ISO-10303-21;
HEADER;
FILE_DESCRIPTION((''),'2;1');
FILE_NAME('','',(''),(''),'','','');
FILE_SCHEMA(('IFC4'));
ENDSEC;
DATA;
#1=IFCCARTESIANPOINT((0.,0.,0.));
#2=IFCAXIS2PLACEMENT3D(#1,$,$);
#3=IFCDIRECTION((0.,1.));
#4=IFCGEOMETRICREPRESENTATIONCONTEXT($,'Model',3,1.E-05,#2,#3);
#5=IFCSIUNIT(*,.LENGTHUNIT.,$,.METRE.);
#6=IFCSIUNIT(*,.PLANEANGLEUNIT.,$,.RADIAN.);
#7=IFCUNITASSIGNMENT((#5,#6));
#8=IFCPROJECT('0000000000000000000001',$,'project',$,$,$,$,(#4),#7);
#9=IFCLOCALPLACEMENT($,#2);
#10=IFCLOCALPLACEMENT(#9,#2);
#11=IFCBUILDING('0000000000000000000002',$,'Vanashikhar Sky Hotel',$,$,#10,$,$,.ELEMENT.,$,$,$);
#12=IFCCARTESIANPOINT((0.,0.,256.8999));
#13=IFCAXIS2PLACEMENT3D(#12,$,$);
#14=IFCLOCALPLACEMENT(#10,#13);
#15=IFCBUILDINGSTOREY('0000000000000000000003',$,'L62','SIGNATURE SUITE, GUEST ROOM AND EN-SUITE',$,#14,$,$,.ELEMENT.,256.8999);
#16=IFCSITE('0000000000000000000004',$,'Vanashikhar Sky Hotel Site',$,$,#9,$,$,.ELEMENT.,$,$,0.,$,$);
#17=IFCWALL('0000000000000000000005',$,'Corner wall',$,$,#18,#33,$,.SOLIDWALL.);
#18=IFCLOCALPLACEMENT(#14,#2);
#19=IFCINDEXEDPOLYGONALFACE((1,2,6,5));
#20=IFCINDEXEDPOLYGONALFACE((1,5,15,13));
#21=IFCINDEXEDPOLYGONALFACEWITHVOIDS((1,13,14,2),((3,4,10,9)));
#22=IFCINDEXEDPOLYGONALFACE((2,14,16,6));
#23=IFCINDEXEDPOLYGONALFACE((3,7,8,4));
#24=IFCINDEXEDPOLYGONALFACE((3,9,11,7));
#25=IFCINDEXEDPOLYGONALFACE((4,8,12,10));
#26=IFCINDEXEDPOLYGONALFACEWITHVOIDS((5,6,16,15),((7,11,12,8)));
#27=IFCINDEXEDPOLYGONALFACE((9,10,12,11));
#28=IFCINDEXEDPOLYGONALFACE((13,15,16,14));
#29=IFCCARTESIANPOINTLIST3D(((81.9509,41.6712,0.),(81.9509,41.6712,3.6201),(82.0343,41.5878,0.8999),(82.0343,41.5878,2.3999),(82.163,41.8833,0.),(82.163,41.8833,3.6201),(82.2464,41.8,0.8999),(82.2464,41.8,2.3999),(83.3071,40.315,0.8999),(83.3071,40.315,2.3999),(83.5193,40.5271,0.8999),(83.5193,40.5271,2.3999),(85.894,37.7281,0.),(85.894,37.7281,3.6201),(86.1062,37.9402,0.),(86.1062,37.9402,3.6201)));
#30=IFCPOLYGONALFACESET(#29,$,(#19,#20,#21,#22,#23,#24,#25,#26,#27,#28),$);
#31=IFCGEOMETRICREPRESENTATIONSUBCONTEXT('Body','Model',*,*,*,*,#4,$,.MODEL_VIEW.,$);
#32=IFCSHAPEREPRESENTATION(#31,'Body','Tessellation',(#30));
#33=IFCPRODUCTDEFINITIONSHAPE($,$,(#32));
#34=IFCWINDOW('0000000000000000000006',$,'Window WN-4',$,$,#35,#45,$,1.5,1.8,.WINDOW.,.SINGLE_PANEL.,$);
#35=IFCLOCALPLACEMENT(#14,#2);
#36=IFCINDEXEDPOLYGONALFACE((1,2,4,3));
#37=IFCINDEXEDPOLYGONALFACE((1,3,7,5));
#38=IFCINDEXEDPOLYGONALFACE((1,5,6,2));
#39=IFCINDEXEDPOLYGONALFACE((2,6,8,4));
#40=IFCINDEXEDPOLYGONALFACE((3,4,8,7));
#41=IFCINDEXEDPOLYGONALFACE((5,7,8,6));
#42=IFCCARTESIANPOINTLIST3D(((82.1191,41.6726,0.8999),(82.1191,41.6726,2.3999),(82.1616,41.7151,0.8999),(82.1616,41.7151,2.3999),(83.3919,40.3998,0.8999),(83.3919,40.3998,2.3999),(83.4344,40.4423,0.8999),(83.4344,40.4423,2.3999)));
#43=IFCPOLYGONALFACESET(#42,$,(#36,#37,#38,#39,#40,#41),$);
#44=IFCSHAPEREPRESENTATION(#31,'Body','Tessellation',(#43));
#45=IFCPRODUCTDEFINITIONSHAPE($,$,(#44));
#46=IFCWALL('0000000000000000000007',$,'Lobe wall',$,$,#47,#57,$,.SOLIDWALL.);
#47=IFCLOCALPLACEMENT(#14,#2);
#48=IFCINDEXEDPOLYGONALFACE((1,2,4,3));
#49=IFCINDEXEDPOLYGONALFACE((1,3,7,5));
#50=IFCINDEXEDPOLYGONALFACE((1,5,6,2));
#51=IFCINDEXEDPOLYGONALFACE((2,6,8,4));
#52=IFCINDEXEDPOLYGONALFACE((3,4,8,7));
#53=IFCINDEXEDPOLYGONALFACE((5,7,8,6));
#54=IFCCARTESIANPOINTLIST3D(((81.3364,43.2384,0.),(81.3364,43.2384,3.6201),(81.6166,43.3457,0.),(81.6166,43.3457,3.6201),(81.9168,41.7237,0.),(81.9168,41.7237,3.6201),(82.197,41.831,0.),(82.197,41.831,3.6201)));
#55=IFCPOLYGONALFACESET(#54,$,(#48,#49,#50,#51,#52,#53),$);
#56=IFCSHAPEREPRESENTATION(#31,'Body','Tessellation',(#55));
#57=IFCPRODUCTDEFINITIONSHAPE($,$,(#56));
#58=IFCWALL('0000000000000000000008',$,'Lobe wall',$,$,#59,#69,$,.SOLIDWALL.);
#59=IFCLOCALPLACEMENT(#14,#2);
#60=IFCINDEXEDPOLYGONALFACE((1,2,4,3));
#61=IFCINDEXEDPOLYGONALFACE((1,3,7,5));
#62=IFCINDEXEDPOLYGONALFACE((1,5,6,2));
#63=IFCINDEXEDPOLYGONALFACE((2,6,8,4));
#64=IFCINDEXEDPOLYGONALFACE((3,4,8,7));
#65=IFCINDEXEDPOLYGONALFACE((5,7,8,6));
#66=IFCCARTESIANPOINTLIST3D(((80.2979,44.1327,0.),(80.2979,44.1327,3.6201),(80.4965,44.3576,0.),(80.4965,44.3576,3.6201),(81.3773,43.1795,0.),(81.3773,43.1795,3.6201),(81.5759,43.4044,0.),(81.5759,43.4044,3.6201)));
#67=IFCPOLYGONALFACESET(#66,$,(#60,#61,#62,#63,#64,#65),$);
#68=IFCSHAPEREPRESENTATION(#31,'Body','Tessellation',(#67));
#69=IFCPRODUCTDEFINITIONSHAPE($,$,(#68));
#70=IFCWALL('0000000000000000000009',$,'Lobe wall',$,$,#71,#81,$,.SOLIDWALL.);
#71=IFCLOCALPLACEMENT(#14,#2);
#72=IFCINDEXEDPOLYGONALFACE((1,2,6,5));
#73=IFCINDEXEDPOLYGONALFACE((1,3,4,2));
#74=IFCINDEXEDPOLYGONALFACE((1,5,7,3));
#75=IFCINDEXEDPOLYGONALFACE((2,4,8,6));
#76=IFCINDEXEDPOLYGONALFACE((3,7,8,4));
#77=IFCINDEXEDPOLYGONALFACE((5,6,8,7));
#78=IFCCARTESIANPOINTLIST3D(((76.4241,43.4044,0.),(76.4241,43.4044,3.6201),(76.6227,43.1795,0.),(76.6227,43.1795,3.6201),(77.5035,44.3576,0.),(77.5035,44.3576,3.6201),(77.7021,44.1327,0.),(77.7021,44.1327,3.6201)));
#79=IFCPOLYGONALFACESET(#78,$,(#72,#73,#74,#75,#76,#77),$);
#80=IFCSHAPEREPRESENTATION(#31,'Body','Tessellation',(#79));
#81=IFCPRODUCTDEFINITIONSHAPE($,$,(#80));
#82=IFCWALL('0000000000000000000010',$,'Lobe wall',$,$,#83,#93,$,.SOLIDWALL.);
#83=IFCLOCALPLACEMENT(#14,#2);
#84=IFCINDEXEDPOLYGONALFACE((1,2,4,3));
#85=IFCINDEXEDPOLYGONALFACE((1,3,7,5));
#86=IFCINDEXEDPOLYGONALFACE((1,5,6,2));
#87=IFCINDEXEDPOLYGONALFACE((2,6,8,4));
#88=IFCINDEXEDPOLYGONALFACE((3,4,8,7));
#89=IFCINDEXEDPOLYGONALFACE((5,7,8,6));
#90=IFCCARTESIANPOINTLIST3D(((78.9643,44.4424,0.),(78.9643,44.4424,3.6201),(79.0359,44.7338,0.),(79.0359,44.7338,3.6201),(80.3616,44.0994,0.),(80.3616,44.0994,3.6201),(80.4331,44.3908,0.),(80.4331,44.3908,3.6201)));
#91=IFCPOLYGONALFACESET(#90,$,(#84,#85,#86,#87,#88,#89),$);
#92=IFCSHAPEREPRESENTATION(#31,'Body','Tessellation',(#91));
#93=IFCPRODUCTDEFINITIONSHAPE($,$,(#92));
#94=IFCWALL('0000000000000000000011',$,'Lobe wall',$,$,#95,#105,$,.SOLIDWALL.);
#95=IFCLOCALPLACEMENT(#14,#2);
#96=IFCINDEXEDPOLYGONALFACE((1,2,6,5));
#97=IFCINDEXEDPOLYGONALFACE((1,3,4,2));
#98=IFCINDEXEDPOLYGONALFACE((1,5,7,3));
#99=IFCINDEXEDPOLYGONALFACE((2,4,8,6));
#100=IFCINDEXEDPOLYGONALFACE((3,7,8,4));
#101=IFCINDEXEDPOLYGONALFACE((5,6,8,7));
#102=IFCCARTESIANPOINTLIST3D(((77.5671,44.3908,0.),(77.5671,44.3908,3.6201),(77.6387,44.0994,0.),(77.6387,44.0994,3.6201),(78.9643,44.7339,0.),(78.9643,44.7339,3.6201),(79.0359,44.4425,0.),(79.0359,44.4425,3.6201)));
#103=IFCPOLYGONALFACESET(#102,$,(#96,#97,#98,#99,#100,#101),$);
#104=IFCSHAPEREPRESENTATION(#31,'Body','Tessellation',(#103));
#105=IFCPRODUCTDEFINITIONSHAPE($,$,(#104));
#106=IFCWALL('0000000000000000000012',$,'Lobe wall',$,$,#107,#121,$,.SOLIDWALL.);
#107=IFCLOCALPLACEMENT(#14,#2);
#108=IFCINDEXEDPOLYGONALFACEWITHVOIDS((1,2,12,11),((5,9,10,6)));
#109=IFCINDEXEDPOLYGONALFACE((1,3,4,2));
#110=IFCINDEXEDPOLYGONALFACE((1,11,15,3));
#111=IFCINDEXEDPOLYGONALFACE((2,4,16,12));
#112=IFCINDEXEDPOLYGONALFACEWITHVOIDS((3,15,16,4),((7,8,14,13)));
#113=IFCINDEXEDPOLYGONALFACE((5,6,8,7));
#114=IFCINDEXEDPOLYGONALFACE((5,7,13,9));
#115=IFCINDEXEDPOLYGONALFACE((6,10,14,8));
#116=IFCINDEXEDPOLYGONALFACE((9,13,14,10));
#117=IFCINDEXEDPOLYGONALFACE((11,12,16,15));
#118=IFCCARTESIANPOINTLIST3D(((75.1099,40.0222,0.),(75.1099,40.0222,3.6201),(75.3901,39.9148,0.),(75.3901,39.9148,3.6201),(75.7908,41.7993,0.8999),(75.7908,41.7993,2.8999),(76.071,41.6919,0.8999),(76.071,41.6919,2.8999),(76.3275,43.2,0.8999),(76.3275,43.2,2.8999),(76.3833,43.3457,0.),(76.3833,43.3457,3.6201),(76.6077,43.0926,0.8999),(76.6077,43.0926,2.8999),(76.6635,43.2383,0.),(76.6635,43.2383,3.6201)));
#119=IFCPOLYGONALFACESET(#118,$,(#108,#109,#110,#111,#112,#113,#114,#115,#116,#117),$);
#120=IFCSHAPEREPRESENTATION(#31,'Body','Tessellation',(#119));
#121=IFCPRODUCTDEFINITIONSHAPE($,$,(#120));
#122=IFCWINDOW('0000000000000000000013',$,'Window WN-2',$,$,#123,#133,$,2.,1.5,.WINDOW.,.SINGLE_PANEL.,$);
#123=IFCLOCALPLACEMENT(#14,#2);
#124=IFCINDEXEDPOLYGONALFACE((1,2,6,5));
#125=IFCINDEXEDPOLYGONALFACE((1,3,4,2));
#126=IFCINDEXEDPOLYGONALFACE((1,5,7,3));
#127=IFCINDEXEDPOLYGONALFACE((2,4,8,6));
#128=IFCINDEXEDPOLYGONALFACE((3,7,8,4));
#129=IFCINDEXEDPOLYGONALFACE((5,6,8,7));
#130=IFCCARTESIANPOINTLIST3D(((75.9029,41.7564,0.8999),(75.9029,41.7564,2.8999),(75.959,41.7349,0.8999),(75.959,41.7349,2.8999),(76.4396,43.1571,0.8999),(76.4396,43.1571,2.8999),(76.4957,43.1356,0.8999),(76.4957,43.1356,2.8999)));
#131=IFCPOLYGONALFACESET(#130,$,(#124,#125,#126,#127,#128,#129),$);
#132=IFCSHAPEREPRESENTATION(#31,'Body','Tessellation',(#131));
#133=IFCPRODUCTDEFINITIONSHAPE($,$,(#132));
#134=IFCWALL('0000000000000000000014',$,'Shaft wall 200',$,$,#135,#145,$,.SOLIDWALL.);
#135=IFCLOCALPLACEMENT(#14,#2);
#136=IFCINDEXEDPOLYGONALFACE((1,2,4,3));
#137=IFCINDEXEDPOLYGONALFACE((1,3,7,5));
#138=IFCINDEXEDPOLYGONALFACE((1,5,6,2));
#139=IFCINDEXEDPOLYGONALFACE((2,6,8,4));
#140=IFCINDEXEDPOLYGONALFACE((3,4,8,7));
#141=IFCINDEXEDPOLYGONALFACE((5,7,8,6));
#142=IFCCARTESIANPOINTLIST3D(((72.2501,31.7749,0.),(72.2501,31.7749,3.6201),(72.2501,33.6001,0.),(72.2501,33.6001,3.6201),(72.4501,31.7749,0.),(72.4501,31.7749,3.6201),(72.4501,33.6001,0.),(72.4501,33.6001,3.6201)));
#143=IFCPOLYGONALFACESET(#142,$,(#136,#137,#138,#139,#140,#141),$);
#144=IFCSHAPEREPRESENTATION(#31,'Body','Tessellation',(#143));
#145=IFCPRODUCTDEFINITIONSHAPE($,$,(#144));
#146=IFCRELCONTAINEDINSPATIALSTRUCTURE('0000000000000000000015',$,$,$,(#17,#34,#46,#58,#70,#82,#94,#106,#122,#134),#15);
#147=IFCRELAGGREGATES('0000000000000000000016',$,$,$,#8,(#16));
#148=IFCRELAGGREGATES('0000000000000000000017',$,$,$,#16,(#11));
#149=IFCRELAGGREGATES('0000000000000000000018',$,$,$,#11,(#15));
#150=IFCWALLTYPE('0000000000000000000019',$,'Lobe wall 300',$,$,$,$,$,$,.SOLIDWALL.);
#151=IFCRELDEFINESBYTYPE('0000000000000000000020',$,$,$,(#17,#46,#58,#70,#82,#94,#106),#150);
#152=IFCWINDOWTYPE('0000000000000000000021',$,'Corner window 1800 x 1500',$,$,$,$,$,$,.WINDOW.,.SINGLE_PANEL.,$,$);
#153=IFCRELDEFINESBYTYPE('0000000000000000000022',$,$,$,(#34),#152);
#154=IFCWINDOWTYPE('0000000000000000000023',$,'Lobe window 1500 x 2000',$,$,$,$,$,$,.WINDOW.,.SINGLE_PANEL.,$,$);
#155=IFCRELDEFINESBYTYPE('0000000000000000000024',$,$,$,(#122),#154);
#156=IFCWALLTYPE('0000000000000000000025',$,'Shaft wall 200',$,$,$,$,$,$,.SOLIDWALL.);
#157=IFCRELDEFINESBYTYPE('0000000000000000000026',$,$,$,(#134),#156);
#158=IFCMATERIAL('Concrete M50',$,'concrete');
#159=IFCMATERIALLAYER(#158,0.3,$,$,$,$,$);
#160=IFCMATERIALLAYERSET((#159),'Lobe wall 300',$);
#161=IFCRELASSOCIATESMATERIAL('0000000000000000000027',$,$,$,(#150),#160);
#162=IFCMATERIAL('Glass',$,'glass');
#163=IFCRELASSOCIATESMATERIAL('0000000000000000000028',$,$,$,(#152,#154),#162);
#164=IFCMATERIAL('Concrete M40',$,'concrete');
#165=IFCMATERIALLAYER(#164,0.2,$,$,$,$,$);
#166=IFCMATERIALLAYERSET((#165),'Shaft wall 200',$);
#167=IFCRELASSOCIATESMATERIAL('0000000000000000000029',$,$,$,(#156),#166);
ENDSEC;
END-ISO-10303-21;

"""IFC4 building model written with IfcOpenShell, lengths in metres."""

from ifc_helpers import new_model, si_unit, direction, frame, frame_2d, origin, place, context, subcontext, project, spatial, rectangle, extrude, source, transform, mapped, material, layer, layer_set, type_object, element, fill, save


model = new_model("IFC4")

# Units and contexts
model_context = context("Model", 3, precision=1e-05, world=origin(), true_north=direction((0.0, 1.0)))
body_context = subcontext(model_context, "Body", "Model", "MODEL_VIEW")
ifc_project = project(units=[si_unit("LENGTHUNIT", "METRE"), si_unit("PLANEANGLEUNIT", "RADIAN")], contexts=[model_context])

# Site, building, storey
site_placement = place(None, origin())
site = spatial("IfcSite", under=ifc_project, at=site_placement, Name="Vanashikhar Sky Hotel Site", CompositionType="ELEMENT", RefElevation=0.0)
building_placement = place(site_placement, origin())
building = spatial("IfcBuilding", under=site, at=building_placement, Name="Vanashikhar Sky Hotel", CompositionType="ELEMENT")
storey_placement = place(building_placement, frame((0.0, 0.0, 256.8999)))
storey = spatial("IfcBuildingStorey", under=building, at=storey_placement, Name="L62", Description="SIGNATURE SUITE, GUEST ROOM AND EN-SUITE", CompositionType="ELEMENT", Elevation=256.8999)

# Wall, opening, window
ifc_material_1 = material(Name="Concrete M50", Category="concrete")
ifc_layer_1 = layer(ifc_material_1, 0.3)
ifc_layer_set_1 = layer_set([ifc_layer_1], Name="Lobe wall 300")
wall_type_1 = type_object("IfcWallType", Name="Lobe wall 300", PredefinedType="SOLIDWALL", material=ifc_layer_set_1)
shared_shape_1 = source(origin(), body_context, "Body", "SweptSolid", [
    extrude(rectangle(XDim=5.5764, YDim=0.3, at=frame_2d((2.7881, 0.0))), origin(), (0.0, 0.0, 1.0), 3.6201),
])
wall_1_placement = place(storey_placement, frame((86.0, 37.8342, 0.0), z_axis=(0.0, 0.0, 1.0), x_axis=(-0.707107, 0.707107, 0.0)))
wall_1 = element("IfcWall", 1, at=wall_1_placement, inside=storey, type_object=wall_type_1, Name="Corner wall", PredefinedType="SOLIDWALL", context=body_context, shape_type="MappedRepresentation", body=[
    mapped(shared_shape_1, transform((0.0, 0.0, 0.0), scale=1.0)),
])
shared_shape_2 = source(origin(), body_context, "Body", "SweptSolid", [
    extrude(rectangle(XDim=1.8, YDim=1.5, at=frame_2d((0.8999, 0.75))), frame((0.0, 0.1602, 0.0), z_axis=(0.0, -1.0, 0.0), x_axis=(1.0, 0.0, 0.0)), (0.0, 0.0, 1.0), 0.3201),
])
opening_1_placement = place(wall_1_placement, frame((3.6584, 0.0, 0.8999)))
opening_1 = element("IfcOpeningElement", 2, at=opening_1_placement, cuts=wall_1, PredefinedType="OPENING", context=body_context, shape_type="MappedRepresentation", body=[
    mapped(shared_shape_2, transform((0.0, 0.0, 0.0), scale=1.0)),
])
ifc_material_2 = material(Name="Glass", Category="glass")
window_type_1 = type_object("IfcWindowType", Name="Corner window 1800 x 1500", PartitioningType="SINGLE_PANEL", PredefinedType="WINDOW", material=ifc_material_2)
shared_shape_3 = source(origin(), body_context, "Body", "SweptSolid", [
    extrude(rectangle(XDim=1.8, YDim=1.5, at=frame_2d((0.8999, 0.75))), frame((0.0, 0.03, 0.0), z_axis=(0.0, -1.0, 0.0), x_axis=(1.0, 0.0, 0.0)), (0.0, 0.0, 1.0), 0.0601),
])
window_1_placement = place(opening_1_placement, origin())
window_1 = element("IfcWindow", 3, at=window_1_placement, inside=storey, type_object=window_type_1, Name="Window WN-4", OverallHeight=1.5, OverallWidth=1.8, PartitioningType="SINGLE_PANEL", PredefinedType="WINDOW", context=body_context, shape_type="MappedRepresentation", body=[
    mapped(shared_shape_3, transform((0.0, 0.0, 0.0), scale=1.0)),
])
fill(opening_1, window_1)

# Walls
shared_shape_4 = source(origin(), body_context, "Body", "SweptSolid", [
    extrude(rectangle(XDim=1.6221, YDim=0.3, at=frame_2d((0.811, 0.0))), origin(), (0.0, 0.0, 1.0), 3.6201),
])
wall_2_placement = place(storey_placement, frame((82.0569, 41.7773, 0.0), z_axis=(0.0, 0.0, 1.0), x_axis=(-0.357779, 0.933806, 0.0)))
element("IfcWall", 4, at=wall_2_placement, inside=storey, type_object=wall_type_1, Name="Lobe wall", PredefinedType="SOLIDWALL", context=body_context, shape_type="MappedRepresentation", body=[
    mapped(shared_shape_4, transform((0.0, 0.0, 0.0), scale=1.0)),
])
shared_shape_5 = source(origin(), body_context, "Body", "SweptSolid", [
    extrude(rectangle(XDim=1.4399, YDim=0.3, at=frame_2d((0.72, 0.0))), origin(), (0.0, 0.0, 1.0), 3.6201),
])
for number, where, z_axis, x_axis, name in (
    (5, (81.4766, 43.292, 0.0), (0.0, 0.0, 1.0), (-0.749576, 0.661919, 0.0), "Lobe wall"),
    (6, (77.6028, 44.2451, 0.0), (0.0, 0.0, 1.0), (-0.749576, -0.661919, 0.0), "Lobe wall"),
):
    element("IfcWall", number, at=place(storey_placement, frame(where, z_axis=z_axis, x_axis=x_axis)), inside=storey, type_object=wall_type_1, Name=name, PredefinedType="SOLIDWALL", context=body_context, shape_type="MappedRepresentation", body=[
        mapped(shared_shape_5, transform((0.0, 0.0, 0.0), scale=1.0)),
    ])
shared_shape_6 = source(origin(), body_context, "Body", "SweptSolid", [
    extrude(rectangle(XDim=1.4387, YDim=0.3, at=frame_2d((0.7192, 0.0))), origin(), (0.0, 0.0, 1.0), 3.6201),
])
for number, where, z_axis, x_axis, name in (
    (7, (80.3972, 44.2451, 0.0), (0.0, 0.0, 1.0), (-0.971162, 0.238421, 0.0), "Lobe wall"),
    (8, (79.0, 44.5881, 0.0), (0.0, 0.0, 1.0), (-0.971162, -0.238421, 0.0), "Lobe wall"),
):
    element("IfcWall", number, at=place(storey_placement, frame(where, z_axis=z_axis, x_axis=x_axis)), inside=storey, type_object=wall_type_1, Name=name, PredefinedType="SOLIDWALL", context=body_context, shape_type="MappedRepresentation", body=[
        mapped(shared_shape_6, transform((0.0, 0.0, 0.0), scale=1.0)),
    ])

# Wall, opening, window
shared_shape_7 = source(origin(), body_context, "Body", "SweptSolid", [
    extrude(rectangle(XDim=3.5591, YDim=0.3, at=frame_2d((1.7795, 0.0))), origin(), (0.0, 0.0, 1.0), 3.6201),
])
wall_3_placement = place(storey_placement, frame((76.5234, 43.292, 0.0), z_axis=(0.0, 0.0, 1.0), x_axis=(-0.357797, -0.933799, 0.0)))
wall_3 = element("IfcWall", 9, at=wall_3_placement, inside=storey, type_object=wall_type_1, Name="Lobe wall", PredefinedType="SOLIDWALL", context=body_context, shape_type="MappedRepresentation", body=[
    mapped(shared_shape_7, transform((0.0, 0.0, 0.0), scale=1.0)),
])
shared_shape_8 = source(origin(), body_context, "Body", "SweptSolid", [
    extrude(rectangle(XDim=1.5, YDim=2.0, at=frame_2d((0.75, 1.0))), frame((0.0, 0.1602, 0.0), z_axis=(0.0, -1.0, 0.0), x_axis=(1.0, 0.0, 0.0)), (0.0, 0.0, 1.0), 0.3201),
])
opening_2_placement = place(wall_3_placement, frame((0.156, 0.0, 0.8999)))
opening_2 = element("IfcOpeningElement", 10, at=opening_2_placement, cuts=wall_3, PredefinedType="OPENING", context=body_context, shape_type="MappedRepresentation", body=[
    mapped(shared_shape_8, transform((0.0, 0.0, 0.0), scale=1.0)),
])
window_type_2 = type_object("IfcWindowType", Name="Lobe window 1500 x 2000", PartitioningType="SINGLE_PANEL", PredefinedType="WINDOW", material=ifc_material_2)
shared_shape_9 = source(origin(), body_context, "Body", "SweptSolid", [
    extrude(rectangle(XDim=1.5, YDim=2.0, at=frame_2d((0.75, 1.0))), frame((0.0, 0.03, 0.0), z_axis=(0.0, -1.0, 0.0), x_axis=(1.0, 0.0, 0.0)), (0.0, 0.0, 1.0), 0.0601),
])
window_2_placement = place(opening_2_placement, origin())
window_2 = element("IfcWindow", 11, at=window_2_placement, inside=storey, type_object=window_type_2, Name="Window WN-2", OverallHeight=2.0, OverallWidth=1.5, PartitioningType="SINGLE_PANEL", PredefinedType="WINDOW", context=body_context, shape_type="MappedRepresentation", body=[
    mapped(shared_shape_9, transform((0.0, 0.0, 0.0), scale=1.0)),
])
fill(opening_2, window_2)

# Wall
ifc_material_3 = material(Name="Concrete M40", Category="concrete")
ifc_layer_2 = layer(ifc_material_3, 0.2)
ifc_layer_set_2 = layer_set([ifc_layer_2], Name="Shaft wall 200")
wall_type_2 = type_object("IfcWallType", Name="Shaft wall 200", PredefinedType="SOLIDWALL", material=ifc_layer_set_2)
shared_shape_10 = source(origin(), body_context, "Body", "SweptSolid", [
    extrude(rectangle(XDim=1.8252, YDim=0.2, at=frame_2d((0.9126, 0.0))), origin(), (0.0, 0.0, 1.0), 3.6201),
])
wall_4_placement = place(storey_placement, frame((72.3501, 31.7749, 0.0), z_axis=(0.0, 0.0, 1.0), x_axis=(0.0, 1.0, 0.0)))
element("IfcWall", 12, at=wall_4_placement, inside=storey, type_object=wall_type_2, Name="Shaft wall 200", PredefinedType="SOLIDWALL", context=body_context, shape_type="MappedRepresentation", body=[
    mapped(shared_shape_10, transform((0.0, 0.0, 0.0), scale=1.0)),
])

save(model, "model.ifc")
